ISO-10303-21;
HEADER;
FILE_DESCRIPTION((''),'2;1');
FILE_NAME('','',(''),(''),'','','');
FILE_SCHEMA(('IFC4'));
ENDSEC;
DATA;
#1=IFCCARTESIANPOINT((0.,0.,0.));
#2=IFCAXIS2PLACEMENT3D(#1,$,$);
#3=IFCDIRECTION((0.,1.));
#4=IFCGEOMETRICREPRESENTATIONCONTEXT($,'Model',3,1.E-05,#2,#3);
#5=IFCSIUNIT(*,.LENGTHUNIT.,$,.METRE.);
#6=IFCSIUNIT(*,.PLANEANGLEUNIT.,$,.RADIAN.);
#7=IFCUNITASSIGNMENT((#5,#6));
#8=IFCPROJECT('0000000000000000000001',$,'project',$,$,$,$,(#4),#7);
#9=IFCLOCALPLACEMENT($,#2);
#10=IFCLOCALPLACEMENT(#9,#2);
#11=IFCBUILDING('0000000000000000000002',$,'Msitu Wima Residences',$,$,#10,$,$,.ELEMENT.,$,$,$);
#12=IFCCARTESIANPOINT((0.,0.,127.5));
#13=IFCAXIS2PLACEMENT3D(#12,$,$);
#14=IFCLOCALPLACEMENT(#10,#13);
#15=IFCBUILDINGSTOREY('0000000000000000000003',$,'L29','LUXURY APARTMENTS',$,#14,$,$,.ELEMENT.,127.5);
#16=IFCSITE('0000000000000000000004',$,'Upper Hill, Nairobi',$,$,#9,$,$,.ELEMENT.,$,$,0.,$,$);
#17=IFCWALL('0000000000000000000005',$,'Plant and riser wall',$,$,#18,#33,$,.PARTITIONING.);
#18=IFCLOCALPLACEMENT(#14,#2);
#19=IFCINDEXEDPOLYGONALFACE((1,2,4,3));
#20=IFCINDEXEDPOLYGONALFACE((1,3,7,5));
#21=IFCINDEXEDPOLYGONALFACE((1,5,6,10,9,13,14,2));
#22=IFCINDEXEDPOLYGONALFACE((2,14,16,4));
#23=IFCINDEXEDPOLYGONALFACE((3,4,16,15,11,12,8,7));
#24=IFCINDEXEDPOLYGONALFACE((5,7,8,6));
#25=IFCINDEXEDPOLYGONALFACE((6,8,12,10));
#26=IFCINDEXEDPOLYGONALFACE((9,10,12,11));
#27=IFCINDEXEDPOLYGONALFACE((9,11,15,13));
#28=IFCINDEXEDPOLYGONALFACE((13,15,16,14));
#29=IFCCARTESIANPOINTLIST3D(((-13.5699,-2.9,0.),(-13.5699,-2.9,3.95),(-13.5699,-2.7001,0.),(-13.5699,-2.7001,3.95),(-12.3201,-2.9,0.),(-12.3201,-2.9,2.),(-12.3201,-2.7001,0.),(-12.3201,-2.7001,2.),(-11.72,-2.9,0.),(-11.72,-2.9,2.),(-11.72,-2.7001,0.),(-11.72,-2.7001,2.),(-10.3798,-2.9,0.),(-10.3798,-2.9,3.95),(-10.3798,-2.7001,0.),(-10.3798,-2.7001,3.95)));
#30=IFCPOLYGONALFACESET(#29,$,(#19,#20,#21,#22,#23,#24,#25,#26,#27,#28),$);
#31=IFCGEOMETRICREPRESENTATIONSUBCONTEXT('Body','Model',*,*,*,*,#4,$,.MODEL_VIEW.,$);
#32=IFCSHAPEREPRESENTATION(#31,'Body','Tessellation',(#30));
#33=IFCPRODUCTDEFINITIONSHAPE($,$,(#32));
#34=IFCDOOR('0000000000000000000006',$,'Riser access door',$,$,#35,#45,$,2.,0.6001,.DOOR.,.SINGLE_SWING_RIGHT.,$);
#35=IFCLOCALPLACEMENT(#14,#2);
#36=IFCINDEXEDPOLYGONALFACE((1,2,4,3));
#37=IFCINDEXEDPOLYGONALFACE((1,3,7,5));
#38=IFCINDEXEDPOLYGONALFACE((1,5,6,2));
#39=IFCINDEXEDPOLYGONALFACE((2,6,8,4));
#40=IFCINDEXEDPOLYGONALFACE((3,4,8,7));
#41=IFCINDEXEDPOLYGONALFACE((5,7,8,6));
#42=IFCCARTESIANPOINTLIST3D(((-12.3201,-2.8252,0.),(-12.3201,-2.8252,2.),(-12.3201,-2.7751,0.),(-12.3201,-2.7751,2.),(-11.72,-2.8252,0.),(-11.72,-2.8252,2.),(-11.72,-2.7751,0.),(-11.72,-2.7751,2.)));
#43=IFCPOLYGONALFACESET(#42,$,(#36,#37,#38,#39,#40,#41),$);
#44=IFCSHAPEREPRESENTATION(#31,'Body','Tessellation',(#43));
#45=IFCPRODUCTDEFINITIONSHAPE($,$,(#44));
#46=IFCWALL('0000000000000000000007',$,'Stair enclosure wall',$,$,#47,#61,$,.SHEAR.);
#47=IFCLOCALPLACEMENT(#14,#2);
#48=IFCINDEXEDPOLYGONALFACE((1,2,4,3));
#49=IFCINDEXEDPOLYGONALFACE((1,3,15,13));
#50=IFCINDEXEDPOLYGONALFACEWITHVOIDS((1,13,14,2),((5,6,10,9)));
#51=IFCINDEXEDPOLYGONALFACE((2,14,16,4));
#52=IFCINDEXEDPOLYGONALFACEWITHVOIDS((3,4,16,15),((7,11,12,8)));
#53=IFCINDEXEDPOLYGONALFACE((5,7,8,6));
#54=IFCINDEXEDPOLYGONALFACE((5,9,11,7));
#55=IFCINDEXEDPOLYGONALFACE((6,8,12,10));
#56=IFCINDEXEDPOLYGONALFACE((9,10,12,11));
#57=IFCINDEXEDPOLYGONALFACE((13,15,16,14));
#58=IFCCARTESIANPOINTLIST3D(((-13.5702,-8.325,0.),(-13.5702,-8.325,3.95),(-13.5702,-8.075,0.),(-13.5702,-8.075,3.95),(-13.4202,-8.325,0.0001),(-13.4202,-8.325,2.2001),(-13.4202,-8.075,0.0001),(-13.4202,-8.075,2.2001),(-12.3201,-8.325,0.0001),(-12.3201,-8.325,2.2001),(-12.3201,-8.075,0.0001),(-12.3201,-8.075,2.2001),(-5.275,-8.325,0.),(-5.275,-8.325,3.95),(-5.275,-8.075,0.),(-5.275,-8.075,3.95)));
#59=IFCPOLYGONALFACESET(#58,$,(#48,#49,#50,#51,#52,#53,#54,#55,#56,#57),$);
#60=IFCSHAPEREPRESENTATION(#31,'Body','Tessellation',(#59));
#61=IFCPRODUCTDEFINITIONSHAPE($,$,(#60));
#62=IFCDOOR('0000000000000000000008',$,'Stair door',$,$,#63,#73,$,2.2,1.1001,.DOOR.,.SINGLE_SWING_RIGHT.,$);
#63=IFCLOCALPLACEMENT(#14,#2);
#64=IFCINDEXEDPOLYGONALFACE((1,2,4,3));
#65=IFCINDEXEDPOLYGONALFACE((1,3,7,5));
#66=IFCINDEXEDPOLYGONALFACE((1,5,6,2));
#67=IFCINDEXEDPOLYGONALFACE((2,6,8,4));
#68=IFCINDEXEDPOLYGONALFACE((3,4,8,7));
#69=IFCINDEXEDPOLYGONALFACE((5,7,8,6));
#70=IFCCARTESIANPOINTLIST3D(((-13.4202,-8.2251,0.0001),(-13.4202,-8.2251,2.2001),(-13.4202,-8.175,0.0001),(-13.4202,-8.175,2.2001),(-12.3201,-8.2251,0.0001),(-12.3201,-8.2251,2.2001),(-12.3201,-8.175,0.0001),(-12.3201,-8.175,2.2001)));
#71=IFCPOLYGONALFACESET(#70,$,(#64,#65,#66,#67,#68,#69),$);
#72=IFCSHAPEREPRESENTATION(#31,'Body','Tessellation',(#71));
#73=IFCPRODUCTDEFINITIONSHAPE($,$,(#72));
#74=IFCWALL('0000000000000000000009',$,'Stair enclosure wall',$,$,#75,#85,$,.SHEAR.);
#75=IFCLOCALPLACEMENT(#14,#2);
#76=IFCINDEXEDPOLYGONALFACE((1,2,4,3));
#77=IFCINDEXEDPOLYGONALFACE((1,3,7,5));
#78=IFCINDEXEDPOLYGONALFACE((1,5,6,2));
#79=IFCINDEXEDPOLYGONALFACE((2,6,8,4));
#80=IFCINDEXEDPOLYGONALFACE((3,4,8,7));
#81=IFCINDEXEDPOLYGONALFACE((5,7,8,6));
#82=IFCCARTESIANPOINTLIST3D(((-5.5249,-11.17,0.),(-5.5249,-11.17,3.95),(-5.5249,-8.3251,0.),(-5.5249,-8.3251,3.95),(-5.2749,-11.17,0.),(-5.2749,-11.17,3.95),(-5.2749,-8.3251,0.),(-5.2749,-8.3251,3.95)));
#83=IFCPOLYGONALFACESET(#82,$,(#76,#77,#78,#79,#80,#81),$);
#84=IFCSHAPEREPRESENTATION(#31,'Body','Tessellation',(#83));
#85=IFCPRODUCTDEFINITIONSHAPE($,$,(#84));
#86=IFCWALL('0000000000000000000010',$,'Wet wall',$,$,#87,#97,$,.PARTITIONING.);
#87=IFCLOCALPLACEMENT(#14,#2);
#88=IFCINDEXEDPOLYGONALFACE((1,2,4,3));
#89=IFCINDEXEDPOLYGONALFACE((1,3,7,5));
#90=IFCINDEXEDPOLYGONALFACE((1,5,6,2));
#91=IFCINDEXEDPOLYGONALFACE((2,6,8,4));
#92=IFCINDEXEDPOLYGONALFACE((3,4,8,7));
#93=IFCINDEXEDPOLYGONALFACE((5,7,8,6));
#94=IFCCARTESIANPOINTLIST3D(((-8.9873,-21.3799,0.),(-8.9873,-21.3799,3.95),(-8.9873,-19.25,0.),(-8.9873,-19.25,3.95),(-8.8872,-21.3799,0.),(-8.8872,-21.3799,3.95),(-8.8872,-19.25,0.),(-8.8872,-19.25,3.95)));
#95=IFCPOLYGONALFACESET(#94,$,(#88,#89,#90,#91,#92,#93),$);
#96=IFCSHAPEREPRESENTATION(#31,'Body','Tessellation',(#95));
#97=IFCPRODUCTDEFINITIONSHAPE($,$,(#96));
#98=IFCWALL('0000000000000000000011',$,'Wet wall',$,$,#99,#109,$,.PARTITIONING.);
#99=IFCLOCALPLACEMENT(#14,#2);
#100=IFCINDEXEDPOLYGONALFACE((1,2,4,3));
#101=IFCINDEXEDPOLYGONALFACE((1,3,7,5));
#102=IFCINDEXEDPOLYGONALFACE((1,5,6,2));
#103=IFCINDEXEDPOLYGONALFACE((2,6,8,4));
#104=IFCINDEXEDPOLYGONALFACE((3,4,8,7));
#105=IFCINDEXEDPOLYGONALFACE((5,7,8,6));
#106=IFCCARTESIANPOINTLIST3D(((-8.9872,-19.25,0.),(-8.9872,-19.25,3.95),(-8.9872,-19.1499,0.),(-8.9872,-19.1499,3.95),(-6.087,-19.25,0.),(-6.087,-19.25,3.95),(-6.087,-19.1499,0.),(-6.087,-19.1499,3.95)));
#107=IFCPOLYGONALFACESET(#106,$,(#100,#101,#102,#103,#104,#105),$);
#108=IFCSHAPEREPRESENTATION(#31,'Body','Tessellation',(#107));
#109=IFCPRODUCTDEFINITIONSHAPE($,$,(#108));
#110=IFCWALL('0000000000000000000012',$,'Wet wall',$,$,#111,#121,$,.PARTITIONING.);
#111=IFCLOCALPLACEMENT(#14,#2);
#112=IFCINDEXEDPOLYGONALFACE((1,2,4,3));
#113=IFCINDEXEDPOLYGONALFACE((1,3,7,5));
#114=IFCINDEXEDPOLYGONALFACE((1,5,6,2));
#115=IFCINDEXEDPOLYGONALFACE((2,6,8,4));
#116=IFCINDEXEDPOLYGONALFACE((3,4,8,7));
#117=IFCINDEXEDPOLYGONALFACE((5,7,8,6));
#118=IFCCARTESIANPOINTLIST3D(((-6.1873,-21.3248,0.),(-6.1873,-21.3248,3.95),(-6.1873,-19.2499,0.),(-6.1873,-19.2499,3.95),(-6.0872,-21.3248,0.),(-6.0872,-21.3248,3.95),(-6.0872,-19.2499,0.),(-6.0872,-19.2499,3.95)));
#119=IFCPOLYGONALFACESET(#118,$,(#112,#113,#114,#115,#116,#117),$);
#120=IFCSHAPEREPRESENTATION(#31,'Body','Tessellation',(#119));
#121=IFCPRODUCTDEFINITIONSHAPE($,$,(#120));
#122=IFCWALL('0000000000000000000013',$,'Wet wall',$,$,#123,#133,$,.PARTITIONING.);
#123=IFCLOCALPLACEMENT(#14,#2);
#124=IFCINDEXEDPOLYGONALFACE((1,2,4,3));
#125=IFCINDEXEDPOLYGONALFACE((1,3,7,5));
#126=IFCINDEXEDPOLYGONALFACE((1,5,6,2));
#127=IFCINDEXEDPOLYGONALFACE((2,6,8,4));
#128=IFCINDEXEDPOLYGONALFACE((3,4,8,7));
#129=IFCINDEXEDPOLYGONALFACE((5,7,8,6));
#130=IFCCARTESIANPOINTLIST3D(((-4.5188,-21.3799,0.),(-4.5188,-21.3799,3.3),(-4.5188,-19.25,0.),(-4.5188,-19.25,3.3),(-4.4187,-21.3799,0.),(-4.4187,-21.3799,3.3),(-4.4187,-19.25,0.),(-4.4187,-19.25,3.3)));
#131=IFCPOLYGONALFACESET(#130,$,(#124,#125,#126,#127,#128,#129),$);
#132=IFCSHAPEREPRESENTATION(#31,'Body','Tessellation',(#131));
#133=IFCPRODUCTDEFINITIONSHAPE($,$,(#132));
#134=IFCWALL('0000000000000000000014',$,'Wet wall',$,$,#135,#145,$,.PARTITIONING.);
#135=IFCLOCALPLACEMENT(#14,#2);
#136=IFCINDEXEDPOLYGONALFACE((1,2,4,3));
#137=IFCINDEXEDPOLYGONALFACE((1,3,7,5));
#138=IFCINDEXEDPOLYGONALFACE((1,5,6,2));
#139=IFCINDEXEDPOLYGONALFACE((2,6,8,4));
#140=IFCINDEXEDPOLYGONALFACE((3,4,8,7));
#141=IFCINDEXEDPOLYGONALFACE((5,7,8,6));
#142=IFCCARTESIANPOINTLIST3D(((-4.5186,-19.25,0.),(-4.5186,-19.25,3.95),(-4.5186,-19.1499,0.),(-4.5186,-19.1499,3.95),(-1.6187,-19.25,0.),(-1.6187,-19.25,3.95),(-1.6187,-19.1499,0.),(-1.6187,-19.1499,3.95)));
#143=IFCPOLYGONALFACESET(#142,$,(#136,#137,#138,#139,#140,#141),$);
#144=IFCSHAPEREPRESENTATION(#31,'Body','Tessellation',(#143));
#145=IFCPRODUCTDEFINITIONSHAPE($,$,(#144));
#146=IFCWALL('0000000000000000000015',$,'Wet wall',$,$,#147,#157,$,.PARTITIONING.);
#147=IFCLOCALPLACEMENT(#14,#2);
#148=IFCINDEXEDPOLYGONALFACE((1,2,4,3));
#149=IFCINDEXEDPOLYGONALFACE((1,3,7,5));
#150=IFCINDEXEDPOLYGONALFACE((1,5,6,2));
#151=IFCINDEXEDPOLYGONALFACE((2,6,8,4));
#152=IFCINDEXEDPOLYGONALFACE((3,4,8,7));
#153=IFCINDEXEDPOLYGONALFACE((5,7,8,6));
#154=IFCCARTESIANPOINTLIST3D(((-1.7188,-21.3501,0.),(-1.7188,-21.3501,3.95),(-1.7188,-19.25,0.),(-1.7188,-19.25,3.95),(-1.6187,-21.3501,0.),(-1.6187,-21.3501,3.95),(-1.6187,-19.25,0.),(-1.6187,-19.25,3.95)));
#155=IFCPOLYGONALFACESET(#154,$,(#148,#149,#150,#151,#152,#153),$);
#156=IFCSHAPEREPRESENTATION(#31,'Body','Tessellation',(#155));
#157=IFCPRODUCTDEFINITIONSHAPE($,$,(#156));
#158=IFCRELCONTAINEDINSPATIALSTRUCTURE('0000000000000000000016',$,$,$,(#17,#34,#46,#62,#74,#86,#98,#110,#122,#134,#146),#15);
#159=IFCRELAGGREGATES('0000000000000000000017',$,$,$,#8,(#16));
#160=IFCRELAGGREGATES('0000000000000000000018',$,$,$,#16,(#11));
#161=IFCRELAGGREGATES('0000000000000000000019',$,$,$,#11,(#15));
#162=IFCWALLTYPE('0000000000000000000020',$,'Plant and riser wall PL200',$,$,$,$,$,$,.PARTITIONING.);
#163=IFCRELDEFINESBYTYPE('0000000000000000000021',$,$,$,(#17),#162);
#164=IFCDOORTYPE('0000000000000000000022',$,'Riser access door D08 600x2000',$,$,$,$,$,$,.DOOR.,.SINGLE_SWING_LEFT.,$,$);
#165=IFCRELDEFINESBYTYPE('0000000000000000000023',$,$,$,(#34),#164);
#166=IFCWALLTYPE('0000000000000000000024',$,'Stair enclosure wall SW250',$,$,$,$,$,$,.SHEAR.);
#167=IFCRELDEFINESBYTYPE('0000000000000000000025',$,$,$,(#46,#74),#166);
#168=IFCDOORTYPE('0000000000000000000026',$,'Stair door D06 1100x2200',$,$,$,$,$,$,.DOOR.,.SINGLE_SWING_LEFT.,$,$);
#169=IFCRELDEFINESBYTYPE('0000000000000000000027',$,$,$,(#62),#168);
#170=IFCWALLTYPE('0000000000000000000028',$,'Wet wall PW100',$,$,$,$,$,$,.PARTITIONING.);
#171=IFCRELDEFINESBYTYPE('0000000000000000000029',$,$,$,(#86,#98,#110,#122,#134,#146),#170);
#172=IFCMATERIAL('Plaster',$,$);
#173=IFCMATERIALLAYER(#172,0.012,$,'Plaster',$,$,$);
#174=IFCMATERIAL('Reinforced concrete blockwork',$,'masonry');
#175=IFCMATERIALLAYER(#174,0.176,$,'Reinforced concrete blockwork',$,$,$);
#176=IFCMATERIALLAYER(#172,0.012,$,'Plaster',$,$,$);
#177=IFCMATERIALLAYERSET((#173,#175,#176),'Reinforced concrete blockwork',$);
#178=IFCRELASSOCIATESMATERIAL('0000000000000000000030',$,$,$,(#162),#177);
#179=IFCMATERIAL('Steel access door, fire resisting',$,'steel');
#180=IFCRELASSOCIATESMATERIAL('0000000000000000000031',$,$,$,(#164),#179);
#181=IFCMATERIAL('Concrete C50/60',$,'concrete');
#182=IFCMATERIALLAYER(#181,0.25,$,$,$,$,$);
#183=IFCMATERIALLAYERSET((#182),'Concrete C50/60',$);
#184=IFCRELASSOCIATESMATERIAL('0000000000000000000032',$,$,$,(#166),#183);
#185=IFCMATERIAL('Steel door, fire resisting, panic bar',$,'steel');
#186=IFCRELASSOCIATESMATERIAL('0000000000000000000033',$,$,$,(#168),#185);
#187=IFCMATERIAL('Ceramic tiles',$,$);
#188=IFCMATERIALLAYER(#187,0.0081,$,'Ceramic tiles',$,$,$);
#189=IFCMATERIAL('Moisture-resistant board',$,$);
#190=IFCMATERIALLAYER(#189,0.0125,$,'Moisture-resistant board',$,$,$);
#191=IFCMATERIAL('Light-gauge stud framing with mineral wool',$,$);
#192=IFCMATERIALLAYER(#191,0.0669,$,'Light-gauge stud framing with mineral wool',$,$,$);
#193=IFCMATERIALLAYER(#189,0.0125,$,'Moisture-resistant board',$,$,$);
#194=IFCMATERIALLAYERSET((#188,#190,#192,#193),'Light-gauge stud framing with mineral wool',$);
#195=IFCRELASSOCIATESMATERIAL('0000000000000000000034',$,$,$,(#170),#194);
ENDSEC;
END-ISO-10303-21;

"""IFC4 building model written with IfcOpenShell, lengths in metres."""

from ifc_helpers import new_model, si_unit, direction, frame, frame_2d, origin, place, context, subcontext, project, spatial, rectangle, extrude, material, layer, layer_set, type_object, element, fill, save


model = new_model("IFC4")

# Units and contexts
model_context = context("Model", 3, precision=1e-05, world=origin(), true_north=direction((0.0, 1.0)))
body_context = subcontext(model_context, "Body", "Model", "MODEL_VIEW")
ifc_project = project(units=[si_unit("LENGTHUNIT", "METRE"), si_unit("PLANEANGLEUNIT", "RADIAN")], contexts=[model_context])

# Site, building, storey
site_placement = place(None, origin())
site = spatial("IfcSite", under=ifc_project, at=site_placement, Name="Upper Hill, Nairobi", CompositionType="ELEMENT", RefElevation=0.0)
building_placement = place(site_placement, origin())
building = spatial("IfcBuilding", under=site, at=building_placement, Name="Msitu Wima Residences", CompositionType="ELEMENT")
storey_placement = place(building_placement, frame((0.0, 0.0, 127.5)))
storey = spatial("IfcBuildingStorey", under=building, at=storey_placement, Name="L29", Description="LUXURY APARTMENTS", CompositionType="ELEMENT", Elevation=127.5)

# Shared definitions
ifc_material_1 = material(Name="Plaster")

# Walls, openings, doors
ifc_layer_1 = layer(ifc_material_1, 0.012, Name="Plaster")
ifc_material_2 = material(Name="Reinforced concrete blockwork", Category="masonry")
ifc_layer_2 = layer(ifc_material_2, 0.176, Name="Reinforced concrete blockwork")
ifc_layer_3 = layer(ifc_material_1, 0.012, Name="Plaster")
ifc_layer_set_1 = layer_set([ifc_layer_1, ifc_layer_2, ifc_layer_3], Name="Reinforced concrete blockwork")
wall_type_1 = type_object("IfcWallType", Name="Plant and riser wall PL200", PredefinedType="PARTITIONING", material=ifc_layer_set_1)
wall_1_placement = place(storey_placement, frame((-13.5701, -2.8, 0.0), z_axis=(0.0, 0.0, 1.0), x_axis=(1.0, 0.0, 0.0)))
wall_1 = element("IfcWall", 1, at=wall_1_placement, inside=storey, type_object=wall_type_1, Name="Plant and riser wall", PredefinedType="PARTITIONING", context=body_context, shape_type="SweptSolid", body=[
    extrude(rectangle(XDim=3.1902, YDim=0.2, at=frame_2d((1.5952, 0.0))), origin(), (0.0, 0.0, 1.0), 3.95),
])
opening_1_placement = place(wall_1_placement, frame((1.25, 0.0, 0.0)))
opening_1 = element("IfcOpeningElement", 2, at=opening_1_placement, cuts=wall_1, PredefinedType="OPENING", context=body_context, shape_type="SweptSolid", body=[
    extrude(rectangle(XDim=0.6001, YDim=2.0, at=frame_2d((0.3, 1.0))), frame((0.0, 0.1099, 0.0), z_axis=(0.0, -1.0, 0.0), x_axis=(1.0, 0.0, 0.0)), (0.0, 0.0, 1.0), 0.22),
])
ifc_material_3 = material(Name="Steel access door, fire resisting", Category="steel")
door_type_1 = type_object("IfcDoorType", Name="Riser access door D08 600x2000", OperationType="SINGLE_SWING_LEFT", PredefinedType="DOOR", material=ifc_material_3)
door_1_placement = place(opening_1_placement, origin())
door_1 = element("IfcDoor", 3, at=door_1_placement, inside=storey, type_object=door_type_1, Name="Riser access door", OperationType="SINGLE_SWING_RIGHT", OverallHeight=2.0, OverallWidth=0.6001, PredefinedType="DOOR", context=body_context, shape_type="SweptSolid", body=[
    extrude(rectangle(XDim=0.6001, YDim=2.0, at=frame_2d((0.3, 1.0))), frame((0.0, 0.0249, 0.0), z_axis=(0.0, -1.0, 0.0), x_axis=(1.0, 0.0, 0.0)), (0.0, 0.0, 1.0), 0.05),
])
fill(opening_1, door_1)
ifc_material_4 = material(Name="Concrete C50/60", Category="concrete")
ifc_layer_4 = layer(ifc_material_4, 0.25)
ifc_layer_set_2 = layer_set([ifc_layer_4], Name="Concrete C50/60")
wall_type_2 = type_object("IfcWallType", Name="Stair enclosure wall SW250", PredefinedType="SHEAR", material=ifc_layer_set_2)
wall_2_placement = place(storey_placement, frame((-13.5701, -8.2, 0.0), z_axis=(0.0, 0.0, 1.0), x_axis=(1.0, 0.0, 0.0)))
wall_2 = element("IfcWall", 4, at=wall_2_placement, inside=storey, type_object=wall_type_2, Name="Stair enclosure wall", PredefinedType="SHEAR", context=body_context, shape_type="SweptSolid", body=[
    extrude(rectangle(XDim=8.2952, YDim=0.25, at=frame_2d((4.1475, 0.0))), origin(), (0.0, 0.0, 1.0), 3.95),
])
opening_2_placement = place(wall_2_placement, frame((0.1499, 0.0, 0.0)))
opening_2 = element("IfcOpeningElement", 5, at=opening_2_placement, cuts=wall_2, PredefinedType="OPENING", context=body_context, shape_type="SweptSolid", body=[
    extrude(rectangle(XDim=1.1001, YDim=2.2, at=frame_2d((0.55, 1.1001))), frame((0.0, 0.135, 0.0), z_axis=(0.0, -1.0, 0.0), x_axis=(1.0, 0.0, 0.0)), (0.0, 0.0, 1.0), 0.27),
])
ifc_material_5 = material(Name="Steel door, fire resisting, panic bar", Category="steel")
door_type_2 = type_object("IfcDoorType", Name="Stair door D06 1100x2200", OperationType="SINGLE_SWING_LEFT", PredefinedType="DOOR", material=ifc_material_5)
door_2_placement = place(opening_2_placement, origin())
door_2 = element("IfcDoor", 6, at=door_2_placement, inside=storey, type_object=door_type_2, Name="Stair door", OperationType="SINGLE_SWING_RIGHT", OverallHeight=2.2, OverallWidth=1.1001, PredefinedType="DOOR", context=body_context, shape_type="SweptSolid", body=[
    extrude(rectangle(XDim=1.1001, YDim=2.2, at=frame_2d((0.55, 1.1001))), frame((0.0, 0.0249, 0.0), z_axis=(0.0, -1.0, 0.0), x_axis=(1.0, 0.0, 0.0)), (0.0, 0.0, 1.0), 0.05),
])
fill(opening_2, door_2)

# Walls
wall_3_placement = place(storey_placement, frame((-5.3999, -11.1699, 0.0), z_axis=(0.0, 0.0, 1.0), x_axis=(0.0, 1.0, 0.0)))
element("IfcWall", 7, at=wall_3_placement, inside=storey, type_object=wall_type_2, Name="Stair enclosure wall", PredefinedType="SHEAR", context=body_context, shape_type="SweptSolid", body=[
    extrude(rectangle(XDim=2.845, YDim=0.25, at=frame_2d((1.4224, 0.0))), origin(), (0.0, 0.0, 1.0), 3.95),
])
ifc_material_6 = material(Name="Ceramic tiles")
ifc_layer_5 = layer(ifc_material_6, 0.0081, Name="Ceramic tiles")
ifc_material_7 = material(Name="Moisture-resistant board")
ifc_layer_6 = layer(ifc_material_7, 0.0125, Name="Moisture-resistant board")
ifc_material_8 = material(Name="Light-gauge stud framing with mineral wool")
ifc_layer_7 = layer(ifc_material_8, 0.0669, Name="Light-gauge stud framing with mineral wool")
ifc_layer_8 = layer(ifc_material_7, 0.0125, Name="Moisture-resistant board")
ifc_layer_set_3 = layer_set([ifc_layer_5, ifc_layer_6, ifc_layer_7, ifc_layer_8], Name="Light-gauge stud framing with mineral wool")
wall_type_3 = type_object("IfcWallType", Name="Wet wall PW100", PredefinedType="PARTITIONING", material=ifc_layer_set_3)
wall_4_placement = place(storey_placement, frame((-8.9373, -21.3799, 0.0), z_axis=(0.0, 0.0, 1.0), x_axis=(0.0, 1.0, 0.0)))
element("IfcWall", 8, at=wall_4_placement, inside=storey, type_object=wall_type_3, Name="Wet wall", PredefinedType="PARTITIONING", context=body_context, shape_type="SweptSolid", body=[
    extrude(rectangle(XDim=2.1299, YDim=0.1001, at=frame_2d((1.0649, 0.0))), origin(), (0.0, 0.0, 1.0), 3.95),
])
wall_5_placement = place(storey_placement, frame((-8.9873, -19.2, 0.0), z_axis=(0.0, 0.0, 1.0), x_axis=(1.0, 0.0, 0.0)))
element("IfcWall", 9, at=wall_5_placement, inside=storey, type_object=wall_type_3, Name="Wet wall", PredefinedType="PARTITIONING", context=body_context, shape_type="SweptSolid", body=[
    extrude(rectangle(XDim=2.9001, YDim=0.1001, at=frame_2d((1.4502, 0.0))), origin(), (0.0, 0.0, 1.0), 3.95),
])
wall_6_placement = place(storey_placement, frame((-6.1372, -21.325, 0.0), z_axis=(0.0, 0.0, 1.0), x_axis=(0.0, 1.0, 0.0)))
element("IfcWall", 10, at=wall_6_placement, inside=storey, type_object=wall_type_3, Name="Wet wall", PredefinedType="PARTITIONING", context=body_context, shape_type="SweptSolid", body=[
    extrude(rectangle(XDim=2.075, YDim=0.1001, at=frame_2d((1.0376, 0.0))), origin(), (0.0, 0.0, 1.0), 3.95),
])
wall_7_placement = place(storey_placement, frame((-4.4688, -21.3799, 0.0), z_axis=(0.0, 0.0, 1.0), x_axis=(0.0, 1.0, 0.0)))
element("IfcWall", 11, at=wall_7_placement, inside=storey, type_object=wall_type_3, Name="Wet wall", PredefinedType="PARTITIONING", context=body_context, shape_type="SweptSolid", body=[
    extrude(rectangle(XDim=2.1299, YDim=0.1001, at=frame_2d((1.0649, 0.0))), origin(), (0.0, 0.0, 1.0), 3.3),
])
wall_8_placement = place(storey_placement, frame((-4.5186, -19.2, 0.0), z_axis=(0.0, 0.0, 1.0), x_axis=(1.0, 0.0, 0.0)))
element("IfcWall", 12, at=wall_8_placement, inside=storey, type_object=wall_type_3, Name="Wet wall", PredefinedType="PARTITIONING", context=body_context, shape_type="SweptSolid", body=[
    extrude(rectangle(XDim=2.8999, YDim=0.1001, at=frame_2d((1.45, 0.0))), origin(), (0.0, 0.0, 1.0), 3.95),
])
wall_9_placement = place(storey_placement, frame((-1.6687, -21.3501, 0.0), z_axis=(0.0, 0.0, 1.0), x_axis=(0.0, 1.0, 0.0)))
element("IfcWall", 13, at=wall_9_placement, inside=storey, type_object=wall_type_3, Name="Wet wall", PredefinedType="PARTITIONING", context=body_context, shape_type="SweptSolid", body=[
    extrude(rectangle(XDim=2.1001, YDim=0.1001, at=frame_2d((1.05, 0.0))), origin(), (0.0, 0.0, 1.0), 3.95),
])

save(model, "model.ifc")
